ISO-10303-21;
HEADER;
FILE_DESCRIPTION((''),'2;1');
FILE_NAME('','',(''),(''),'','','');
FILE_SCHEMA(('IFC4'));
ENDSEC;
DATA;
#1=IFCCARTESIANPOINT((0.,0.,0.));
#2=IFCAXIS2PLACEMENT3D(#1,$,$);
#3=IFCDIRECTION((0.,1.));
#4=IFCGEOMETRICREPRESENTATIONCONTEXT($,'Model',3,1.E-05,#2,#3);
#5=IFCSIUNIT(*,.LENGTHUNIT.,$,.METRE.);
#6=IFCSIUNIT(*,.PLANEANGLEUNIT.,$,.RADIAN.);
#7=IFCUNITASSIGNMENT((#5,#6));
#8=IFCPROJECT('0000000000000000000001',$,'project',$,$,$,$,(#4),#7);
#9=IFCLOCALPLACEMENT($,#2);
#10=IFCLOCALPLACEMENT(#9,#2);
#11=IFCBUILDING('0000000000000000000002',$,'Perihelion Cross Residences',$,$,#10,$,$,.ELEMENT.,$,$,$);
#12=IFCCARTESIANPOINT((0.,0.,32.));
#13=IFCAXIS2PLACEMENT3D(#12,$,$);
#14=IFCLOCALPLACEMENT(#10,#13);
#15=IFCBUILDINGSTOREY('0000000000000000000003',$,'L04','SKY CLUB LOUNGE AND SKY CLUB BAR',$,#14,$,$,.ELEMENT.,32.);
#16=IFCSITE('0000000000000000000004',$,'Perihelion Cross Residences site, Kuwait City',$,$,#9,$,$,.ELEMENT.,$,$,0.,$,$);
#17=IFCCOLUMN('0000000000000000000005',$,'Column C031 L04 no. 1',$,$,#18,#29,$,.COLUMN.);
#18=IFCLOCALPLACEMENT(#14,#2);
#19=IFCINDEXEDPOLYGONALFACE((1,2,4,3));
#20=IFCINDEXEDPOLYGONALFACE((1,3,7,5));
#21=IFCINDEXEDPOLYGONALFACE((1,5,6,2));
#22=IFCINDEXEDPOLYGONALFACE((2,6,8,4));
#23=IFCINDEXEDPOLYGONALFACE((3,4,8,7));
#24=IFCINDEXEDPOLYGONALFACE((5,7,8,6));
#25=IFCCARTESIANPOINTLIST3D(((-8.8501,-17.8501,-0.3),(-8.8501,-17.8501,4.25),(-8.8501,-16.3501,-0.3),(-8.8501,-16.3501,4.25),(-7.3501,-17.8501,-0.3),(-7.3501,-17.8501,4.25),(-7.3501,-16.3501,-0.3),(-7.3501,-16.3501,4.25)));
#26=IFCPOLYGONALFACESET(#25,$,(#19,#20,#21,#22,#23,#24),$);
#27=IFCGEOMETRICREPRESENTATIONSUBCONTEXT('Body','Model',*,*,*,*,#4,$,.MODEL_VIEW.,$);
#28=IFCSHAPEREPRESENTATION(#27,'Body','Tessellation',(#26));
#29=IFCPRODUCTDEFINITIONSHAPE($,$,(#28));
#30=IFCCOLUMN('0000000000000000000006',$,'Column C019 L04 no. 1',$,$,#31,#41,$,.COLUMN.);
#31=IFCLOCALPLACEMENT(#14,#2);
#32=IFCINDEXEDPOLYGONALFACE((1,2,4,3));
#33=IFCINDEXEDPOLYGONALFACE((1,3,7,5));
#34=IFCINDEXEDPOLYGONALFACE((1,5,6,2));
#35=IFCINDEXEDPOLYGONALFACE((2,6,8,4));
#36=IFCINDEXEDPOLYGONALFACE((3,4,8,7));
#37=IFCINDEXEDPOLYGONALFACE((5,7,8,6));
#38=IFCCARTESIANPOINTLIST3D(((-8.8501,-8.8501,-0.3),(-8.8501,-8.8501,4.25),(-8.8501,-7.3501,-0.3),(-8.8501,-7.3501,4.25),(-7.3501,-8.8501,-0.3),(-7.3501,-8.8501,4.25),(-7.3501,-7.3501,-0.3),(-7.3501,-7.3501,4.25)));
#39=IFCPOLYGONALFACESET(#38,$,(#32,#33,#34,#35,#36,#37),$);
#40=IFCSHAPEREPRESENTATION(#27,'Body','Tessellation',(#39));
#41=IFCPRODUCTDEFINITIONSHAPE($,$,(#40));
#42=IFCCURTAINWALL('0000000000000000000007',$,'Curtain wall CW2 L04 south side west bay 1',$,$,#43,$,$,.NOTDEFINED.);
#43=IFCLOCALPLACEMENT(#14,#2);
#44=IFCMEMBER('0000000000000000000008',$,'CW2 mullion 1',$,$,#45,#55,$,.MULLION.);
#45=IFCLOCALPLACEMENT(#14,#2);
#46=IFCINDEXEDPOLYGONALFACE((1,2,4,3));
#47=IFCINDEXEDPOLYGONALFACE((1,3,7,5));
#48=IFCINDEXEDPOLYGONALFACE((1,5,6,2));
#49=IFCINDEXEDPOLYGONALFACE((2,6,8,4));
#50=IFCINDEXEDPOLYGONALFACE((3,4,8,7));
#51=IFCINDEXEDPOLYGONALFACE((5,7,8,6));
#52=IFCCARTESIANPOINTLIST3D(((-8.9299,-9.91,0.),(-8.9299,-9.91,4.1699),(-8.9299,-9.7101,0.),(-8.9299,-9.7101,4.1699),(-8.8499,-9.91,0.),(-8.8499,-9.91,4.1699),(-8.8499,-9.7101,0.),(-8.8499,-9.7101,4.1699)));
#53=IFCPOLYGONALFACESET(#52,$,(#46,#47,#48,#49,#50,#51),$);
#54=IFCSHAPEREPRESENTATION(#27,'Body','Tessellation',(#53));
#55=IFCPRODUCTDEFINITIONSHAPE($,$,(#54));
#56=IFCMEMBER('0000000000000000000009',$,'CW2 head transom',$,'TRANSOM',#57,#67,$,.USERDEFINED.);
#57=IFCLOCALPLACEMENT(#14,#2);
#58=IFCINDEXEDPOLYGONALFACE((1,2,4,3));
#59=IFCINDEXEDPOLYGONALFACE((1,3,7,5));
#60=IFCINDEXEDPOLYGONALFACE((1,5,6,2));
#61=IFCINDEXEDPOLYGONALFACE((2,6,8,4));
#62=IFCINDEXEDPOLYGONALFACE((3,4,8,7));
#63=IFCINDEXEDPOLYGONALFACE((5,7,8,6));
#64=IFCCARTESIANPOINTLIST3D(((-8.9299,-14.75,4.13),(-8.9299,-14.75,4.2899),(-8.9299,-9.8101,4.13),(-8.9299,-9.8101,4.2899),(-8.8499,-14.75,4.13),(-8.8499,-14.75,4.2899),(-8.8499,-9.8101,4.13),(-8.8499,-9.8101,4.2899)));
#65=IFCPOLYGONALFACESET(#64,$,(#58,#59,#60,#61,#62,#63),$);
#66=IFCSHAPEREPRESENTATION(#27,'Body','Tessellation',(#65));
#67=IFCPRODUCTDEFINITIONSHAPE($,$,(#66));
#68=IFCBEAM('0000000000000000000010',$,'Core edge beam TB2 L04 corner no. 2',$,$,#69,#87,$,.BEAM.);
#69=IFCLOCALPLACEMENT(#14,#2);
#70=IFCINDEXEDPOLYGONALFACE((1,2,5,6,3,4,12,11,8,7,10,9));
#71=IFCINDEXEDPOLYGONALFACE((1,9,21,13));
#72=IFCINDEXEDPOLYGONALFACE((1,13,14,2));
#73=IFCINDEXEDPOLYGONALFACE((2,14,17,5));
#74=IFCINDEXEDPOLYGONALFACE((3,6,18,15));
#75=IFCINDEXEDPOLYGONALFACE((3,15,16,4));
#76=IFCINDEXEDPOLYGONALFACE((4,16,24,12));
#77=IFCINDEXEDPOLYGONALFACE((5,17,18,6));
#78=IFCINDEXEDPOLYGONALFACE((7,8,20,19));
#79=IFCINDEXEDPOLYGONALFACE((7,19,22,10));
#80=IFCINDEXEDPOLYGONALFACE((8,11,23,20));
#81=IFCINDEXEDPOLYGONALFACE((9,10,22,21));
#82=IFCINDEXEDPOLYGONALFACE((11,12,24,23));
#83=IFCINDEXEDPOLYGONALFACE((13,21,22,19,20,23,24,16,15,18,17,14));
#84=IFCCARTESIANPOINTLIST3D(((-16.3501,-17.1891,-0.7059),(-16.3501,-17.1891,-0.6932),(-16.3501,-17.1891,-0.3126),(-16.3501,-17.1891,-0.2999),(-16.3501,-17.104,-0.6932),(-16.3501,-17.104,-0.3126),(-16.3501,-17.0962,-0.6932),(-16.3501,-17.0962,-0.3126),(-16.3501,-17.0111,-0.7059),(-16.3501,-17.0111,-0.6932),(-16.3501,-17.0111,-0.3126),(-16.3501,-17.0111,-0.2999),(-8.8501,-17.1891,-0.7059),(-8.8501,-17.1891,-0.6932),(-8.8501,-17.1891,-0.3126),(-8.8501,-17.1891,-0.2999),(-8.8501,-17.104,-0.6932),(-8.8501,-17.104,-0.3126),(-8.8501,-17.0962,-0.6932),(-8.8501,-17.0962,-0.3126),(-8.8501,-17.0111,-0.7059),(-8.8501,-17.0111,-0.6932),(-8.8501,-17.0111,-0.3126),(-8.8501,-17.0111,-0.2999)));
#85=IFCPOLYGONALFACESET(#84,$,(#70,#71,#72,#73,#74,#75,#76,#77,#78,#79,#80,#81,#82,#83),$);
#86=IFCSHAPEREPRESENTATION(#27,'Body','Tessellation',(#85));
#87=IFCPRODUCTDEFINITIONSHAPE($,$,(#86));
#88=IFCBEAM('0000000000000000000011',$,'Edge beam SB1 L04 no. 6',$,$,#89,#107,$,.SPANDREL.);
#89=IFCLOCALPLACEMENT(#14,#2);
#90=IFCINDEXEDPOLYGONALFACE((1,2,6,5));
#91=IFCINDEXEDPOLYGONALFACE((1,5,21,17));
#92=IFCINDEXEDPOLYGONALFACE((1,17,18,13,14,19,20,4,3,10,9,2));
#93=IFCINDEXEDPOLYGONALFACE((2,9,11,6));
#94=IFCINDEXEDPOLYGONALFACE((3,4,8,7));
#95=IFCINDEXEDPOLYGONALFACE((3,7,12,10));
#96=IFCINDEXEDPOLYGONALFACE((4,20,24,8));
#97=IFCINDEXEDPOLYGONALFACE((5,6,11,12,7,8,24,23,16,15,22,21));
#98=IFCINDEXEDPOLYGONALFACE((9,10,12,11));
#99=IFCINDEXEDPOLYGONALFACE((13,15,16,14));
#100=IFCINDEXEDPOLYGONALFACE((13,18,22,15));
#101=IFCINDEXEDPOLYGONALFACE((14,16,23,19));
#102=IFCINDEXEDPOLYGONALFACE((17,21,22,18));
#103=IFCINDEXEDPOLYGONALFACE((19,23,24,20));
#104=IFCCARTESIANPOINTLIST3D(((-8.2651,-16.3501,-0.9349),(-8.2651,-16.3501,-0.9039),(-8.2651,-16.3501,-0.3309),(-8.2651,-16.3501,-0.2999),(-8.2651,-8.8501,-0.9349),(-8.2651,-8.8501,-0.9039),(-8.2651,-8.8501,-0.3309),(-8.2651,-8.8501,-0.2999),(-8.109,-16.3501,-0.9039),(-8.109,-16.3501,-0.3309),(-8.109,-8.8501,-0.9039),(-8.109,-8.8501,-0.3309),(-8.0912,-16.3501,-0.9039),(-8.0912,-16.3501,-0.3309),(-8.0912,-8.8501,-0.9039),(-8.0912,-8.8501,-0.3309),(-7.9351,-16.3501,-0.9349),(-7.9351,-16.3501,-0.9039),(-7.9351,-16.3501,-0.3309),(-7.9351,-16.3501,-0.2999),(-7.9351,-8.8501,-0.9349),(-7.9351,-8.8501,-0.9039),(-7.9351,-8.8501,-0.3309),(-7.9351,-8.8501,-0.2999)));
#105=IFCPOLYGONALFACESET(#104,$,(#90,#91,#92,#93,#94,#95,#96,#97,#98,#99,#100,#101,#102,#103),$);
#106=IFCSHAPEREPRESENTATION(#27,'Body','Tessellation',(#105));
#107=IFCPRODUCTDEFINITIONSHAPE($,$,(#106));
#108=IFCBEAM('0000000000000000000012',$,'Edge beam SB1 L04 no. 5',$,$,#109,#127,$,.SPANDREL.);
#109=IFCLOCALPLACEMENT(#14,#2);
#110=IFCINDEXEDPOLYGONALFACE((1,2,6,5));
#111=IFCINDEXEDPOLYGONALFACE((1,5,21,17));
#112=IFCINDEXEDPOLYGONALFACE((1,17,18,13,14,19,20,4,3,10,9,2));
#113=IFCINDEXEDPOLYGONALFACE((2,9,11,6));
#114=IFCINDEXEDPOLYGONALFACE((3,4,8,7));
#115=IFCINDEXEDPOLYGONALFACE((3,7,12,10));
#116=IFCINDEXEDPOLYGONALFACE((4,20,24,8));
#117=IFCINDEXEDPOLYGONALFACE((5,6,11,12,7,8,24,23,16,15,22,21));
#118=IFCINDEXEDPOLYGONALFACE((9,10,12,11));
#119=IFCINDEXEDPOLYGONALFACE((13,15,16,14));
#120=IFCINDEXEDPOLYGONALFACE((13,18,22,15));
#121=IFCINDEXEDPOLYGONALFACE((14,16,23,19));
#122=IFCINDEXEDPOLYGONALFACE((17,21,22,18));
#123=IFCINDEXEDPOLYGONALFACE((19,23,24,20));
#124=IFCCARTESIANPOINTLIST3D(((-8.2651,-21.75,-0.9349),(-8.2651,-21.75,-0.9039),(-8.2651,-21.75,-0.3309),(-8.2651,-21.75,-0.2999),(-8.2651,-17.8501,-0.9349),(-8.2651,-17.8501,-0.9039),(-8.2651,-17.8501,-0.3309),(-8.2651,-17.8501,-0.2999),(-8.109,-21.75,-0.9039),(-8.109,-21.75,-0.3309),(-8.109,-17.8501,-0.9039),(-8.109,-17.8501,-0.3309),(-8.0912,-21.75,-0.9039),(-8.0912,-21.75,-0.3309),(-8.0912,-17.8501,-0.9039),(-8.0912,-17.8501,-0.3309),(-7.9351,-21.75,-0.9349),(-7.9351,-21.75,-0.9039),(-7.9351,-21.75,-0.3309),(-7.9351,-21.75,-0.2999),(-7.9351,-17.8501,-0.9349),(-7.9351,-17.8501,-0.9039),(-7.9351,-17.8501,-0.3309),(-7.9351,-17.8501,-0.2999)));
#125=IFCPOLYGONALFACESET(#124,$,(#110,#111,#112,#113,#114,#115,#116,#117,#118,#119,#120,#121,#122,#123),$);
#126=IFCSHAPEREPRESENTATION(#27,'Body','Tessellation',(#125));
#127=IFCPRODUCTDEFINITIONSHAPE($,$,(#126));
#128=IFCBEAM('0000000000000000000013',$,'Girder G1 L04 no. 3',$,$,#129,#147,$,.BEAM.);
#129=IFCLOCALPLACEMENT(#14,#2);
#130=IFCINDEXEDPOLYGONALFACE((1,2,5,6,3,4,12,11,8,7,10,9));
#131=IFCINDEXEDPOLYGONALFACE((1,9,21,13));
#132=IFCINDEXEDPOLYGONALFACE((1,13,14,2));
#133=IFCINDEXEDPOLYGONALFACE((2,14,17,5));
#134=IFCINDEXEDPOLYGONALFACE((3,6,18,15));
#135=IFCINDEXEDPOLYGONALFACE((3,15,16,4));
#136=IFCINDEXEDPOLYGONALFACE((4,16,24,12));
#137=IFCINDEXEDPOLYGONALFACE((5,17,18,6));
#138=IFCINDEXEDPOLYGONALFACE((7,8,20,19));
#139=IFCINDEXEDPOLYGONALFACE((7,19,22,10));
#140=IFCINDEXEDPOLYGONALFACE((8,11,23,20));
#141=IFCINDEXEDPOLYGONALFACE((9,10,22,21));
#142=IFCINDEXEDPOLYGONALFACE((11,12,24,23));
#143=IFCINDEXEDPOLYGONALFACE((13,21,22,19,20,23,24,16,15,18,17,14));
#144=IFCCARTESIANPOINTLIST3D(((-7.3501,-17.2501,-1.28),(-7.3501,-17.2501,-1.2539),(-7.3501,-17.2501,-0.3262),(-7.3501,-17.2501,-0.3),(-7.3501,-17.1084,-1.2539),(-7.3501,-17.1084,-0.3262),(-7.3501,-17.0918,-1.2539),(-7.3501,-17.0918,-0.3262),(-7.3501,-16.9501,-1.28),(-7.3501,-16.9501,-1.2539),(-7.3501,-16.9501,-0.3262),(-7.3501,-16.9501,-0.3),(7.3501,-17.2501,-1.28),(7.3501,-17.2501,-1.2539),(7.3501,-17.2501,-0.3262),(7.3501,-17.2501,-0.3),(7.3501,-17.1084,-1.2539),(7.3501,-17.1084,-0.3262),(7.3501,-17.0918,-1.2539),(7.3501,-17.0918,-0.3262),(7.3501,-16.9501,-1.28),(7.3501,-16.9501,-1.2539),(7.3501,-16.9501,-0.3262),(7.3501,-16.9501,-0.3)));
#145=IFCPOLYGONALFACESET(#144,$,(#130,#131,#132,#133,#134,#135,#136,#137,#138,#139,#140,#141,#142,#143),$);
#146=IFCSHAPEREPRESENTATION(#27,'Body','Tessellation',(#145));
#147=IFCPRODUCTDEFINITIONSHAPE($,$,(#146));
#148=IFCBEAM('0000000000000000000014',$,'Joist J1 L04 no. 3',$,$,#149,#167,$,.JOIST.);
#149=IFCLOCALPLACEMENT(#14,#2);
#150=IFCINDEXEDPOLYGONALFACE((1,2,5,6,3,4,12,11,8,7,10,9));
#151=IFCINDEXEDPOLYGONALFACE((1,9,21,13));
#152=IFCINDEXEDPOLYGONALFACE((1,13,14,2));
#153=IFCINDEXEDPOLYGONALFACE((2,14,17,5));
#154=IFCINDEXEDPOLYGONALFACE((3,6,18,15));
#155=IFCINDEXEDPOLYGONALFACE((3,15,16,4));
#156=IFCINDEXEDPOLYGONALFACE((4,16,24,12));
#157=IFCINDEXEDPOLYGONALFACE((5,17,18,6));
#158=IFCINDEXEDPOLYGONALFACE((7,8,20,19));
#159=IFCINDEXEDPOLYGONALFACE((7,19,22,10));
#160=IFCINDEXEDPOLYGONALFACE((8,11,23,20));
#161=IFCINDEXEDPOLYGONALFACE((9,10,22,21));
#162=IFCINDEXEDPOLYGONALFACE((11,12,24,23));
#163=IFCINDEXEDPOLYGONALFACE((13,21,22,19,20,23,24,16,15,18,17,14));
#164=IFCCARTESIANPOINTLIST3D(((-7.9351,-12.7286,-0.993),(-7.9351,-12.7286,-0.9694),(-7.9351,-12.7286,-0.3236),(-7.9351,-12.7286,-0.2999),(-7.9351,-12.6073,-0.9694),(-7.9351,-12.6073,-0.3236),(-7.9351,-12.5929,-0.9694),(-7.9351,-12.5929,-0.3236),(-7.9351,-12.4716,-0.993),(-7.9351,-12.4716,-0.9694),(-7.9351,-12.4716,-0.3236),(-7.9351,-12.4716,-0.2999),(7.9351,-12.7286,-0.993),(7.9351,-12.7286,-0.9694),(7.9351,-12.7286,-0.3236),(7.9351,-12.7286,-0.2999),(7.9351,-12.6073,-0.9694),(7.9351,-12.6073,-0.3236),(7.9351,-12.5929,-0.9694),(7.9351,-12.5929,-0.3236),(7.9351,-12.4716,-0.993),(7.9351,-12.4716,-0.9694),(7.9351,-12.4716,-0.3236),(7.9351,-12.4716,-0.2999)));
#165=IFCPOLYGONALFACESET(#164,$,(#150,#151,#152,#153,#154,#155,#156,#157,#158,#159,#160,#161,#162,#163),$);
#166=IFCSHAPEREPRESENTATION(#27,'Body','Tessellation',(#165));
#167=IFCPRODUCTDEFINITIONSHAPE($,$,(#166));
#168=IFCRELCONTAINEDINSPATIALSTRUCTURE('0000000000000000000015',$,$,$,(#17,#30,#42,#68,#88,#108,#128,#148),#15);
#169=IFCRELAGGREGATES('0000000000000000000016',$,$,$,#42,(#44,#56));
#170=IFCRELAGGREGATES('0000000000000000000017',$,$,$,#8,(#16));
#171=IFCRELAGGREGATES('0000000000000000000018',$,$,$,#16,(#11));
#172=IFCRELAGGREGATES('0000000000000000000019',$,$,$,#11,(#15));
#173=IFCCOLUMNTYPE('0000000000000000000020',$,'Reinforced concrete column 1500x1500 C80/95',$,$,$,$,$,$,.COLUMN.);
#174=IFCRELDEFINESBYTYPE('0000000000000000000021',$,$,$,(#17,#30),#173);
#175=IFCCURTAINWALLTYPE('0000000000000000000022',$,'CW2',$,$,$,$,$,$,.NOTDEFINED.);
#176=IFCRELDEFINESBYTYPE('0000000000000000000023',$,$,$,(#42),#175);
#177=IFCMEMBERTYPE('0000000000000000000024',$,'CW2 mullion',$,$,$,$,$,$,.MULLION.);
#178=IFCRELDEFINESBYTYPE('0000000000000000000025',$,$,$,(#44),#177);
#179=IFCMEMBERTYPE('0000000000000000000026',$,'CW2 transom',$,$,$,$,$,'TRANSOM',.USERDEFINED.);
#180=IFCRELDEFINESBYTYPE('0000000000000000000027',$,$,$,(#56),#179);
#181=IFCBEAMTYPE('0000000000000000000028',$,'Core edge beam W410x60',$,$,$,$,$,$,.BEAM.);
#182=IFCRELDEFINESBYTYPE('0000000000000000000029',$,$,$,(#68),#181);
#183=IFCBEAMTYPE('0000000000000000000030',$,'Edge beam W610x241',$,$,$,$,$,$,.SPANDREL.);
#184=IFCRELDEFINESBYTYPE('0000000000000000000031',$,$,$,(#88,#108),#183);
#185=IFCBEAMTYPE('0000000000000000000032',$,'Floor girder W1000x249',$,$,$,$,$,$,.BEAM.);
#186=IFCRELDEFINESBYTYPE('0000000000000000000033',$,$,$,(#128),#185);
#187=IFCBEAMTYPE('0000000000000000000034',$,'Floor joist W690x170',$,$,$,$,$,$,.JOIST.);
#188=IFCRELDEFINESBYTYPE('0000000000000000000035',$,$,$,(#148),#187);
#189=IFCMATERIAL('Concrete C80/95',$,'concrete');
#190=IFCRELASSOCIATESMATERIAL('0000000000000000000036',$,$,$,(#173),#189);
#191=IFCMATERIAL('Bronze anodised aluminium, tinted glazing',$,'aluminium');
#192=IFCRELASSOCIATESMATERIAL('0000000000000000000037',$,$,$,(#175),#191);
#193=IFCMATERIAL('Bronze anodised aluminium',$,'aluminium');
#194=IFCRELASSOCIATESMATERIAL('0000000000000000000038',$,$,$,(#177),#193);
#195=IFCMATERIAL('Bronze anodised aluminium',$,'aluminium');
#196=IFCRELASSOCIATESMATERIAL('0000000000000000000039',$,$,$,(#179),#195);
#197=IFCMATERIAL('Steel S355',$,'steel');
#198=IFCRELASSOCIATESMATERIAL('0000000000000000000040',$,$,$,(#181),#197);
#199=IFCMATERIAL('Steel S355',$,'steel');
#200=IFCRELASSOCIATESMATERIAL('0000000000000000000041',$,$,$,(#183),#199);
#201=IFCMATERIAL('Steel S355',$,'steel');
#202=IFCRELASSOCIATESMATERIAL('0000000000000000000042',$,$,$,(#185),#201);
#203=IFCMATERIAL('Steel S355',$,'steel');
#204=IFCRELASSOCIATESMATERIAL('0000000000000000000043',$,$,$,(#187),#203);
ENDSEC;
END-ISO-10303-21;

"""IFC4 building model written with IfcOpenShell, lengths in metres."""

from ifc_helpers import new_model, si_unit, direction, frame, origin, origin_2d, place, context, subcontext, project, spatial, rectangle, i_section, extrude, material, material_profile, profile_set, type_object, element, aggregate, save


model = new_model("IFC4")

# Units and contexts
model_context = context("Model", 3, precision=1e-05, world=origin(), true_north=direction((0.0, 1.0)))
body_context = subcontext(model_context, "Body", "Model", "MODEL_VIEW")
ifc_project = project(units=[si_unit("LENGTHUNIT", "METRE"), si_unit("PLANEANGLEUNIT", "RADIAN")], contexts=[model_context])

# Site, building, storey
site_placement = place(None, origin())
site = spatial("IfcSite", under=ifc_project, at=site_placement, Name="Perihelion Cross Residences site, Kuwait City", CompositionType="ELEMENT", RefElevation=0.0)
building_placement = place(site_placement, origin())
building = spatial("IfcBuilding", under=site, at=building_placement, Name="Perihelion Cross Residences", CompositionType="ELEMENT")
storey_placement = place(building_placement, frame((0.0, 0.0, 32.0)))
storey = spatial("IfcBuildingStorey", under=building, at=storey_placement, Name="L04", Description="SKY CLUB LOUNGE AND SKY CLUB BAR", CompositionType="ELEMENT", Elevation=32.0)

# Columns
ifc_material_1 = material(Name="Concrete C80/95", Category="concrete")
ifc_material_profile_1 = material_profile(ifc_material_1, rectangle(XDim=1.5, YDim=1.5, at=origin_2d()), Name="RC 1500x1500")
ifc_profile_set_1 = profile_set([ifc_material_profile_1], Name="Concrete C80/95")
column_type = type_object("IfcColumnType", Name="Reinforced concrete column 1500x1500 C80/95", PredefinedType="COLUMN", material=ifc_profile_set_1)
for number, where, z_axis, x_axis, name in (
    (1, (-8.1001, -17.1001, -0.3), (0.0, 0.0, 1.0), (1.0, 0.0, 0.0), "Column C031 L04 no. 1"),
    (2, (-8.1001, -8.1001, -0.3), (0.0, 0.0, 1.0), (1.0, 0.0, 0.0), "Column C019 L04 no. 1"),
):
    element("IfcColumn", number, at=place(storey_placement, frame(where, z_axis=z_axis, x_axis=x_axis)), inside=storey, type_object=column_type, Name=name, PredefinedType="COLUMN", context=body_context, shape_type="SweptSolid", body=[
        extrude(rectangle(XDim=1.5, YDim=1.5, at=origin_2d()), origin(), (0.0, 0.0, 1.0), 4.55),
    ])

# Curtain wall, members
ifc_material_2 = material(Name="Bronze anodised aluminium, tinted glazing", Category="aluminium")
curtain_wall_type = type_object("IfcCurtainWallType", Name="CW2", PredefinedType="NOTDEFINED", material=ifc_material_2)
curtain_wall_placement = place(storey_placement, origin())
curtain_wall = element("IfcCurtainWall", 3, at=curtain_wall_placement, inside=storey, type_object=curtain_wall_type, Name="Curtain wall CW2 L04 south side west bay 1", PredefinedType="NOTDEFINED")
ifc_material_3 = material(Name="Bronze anodised aluminium", Category="aluminium")
ifc_material_profile_2 = material_profile(ifc_material_3, rectangle(XDim=0.0801, YDim=0.2, at=origin_2d()), Name="CW2 mullion")
ifc_profile_set_2 = profile_set([ifc_material_profile_2], Name="Bronze anodised aluminium")
member_type_1 = type_object("IfcMemberType", Name="CW2 mullion", PredefinedType="MULLION", material=ifc_profile_set_2)
member_1_placement = place(storey_placement, frame((-8.8899, -9.8101, 0.0), z_axis=(0.0, 0.0, 1.0), x_axis=(1.0, 0.0, 0.0)))
member_1 = element("IfcMember", 4, at=member_1_placement, type_object=member_type_1, Name="CW2 mullion 1", PredefinedType="MULLION", context=body_context, shape_type="SweptSolid", body=[
    extrude(rectangle(XDim=0.0801, YDim=0.2, at=origin_2d()), origin(), (0.0, 0.0, 1.0), 4.1699),
])
ifc_material_4 = material(Name="Bronze anodised aluminium", Category="aluminium")
ifc_material_profile_3 = material_profile(ifc_material_4, rectangle(XDim=0.0801, YDim=0.1599, at=origin_2d()), Name="CW2 transom")
ifc_profile_set_3 = profile_set([ifc_material_profile_3], Name="Bronze anodised aluminium")
member_type_2 = type_object("IfcMemberType", Name="CW2 transom", ElementType="TRANSOM", PredefinedType="USERDEFINED", material=ifc_profile_set_3)
member_2_placement = place(storey_placement, frame((-8.8899, -9.8101, 4.21), z_axis=(0.0, -1.0, 0.0), x_axis=(1.0, 0.0, 0.0)))
member_2 = element("IfcMember", 5, at=member_2_placement, type_object=member_type_2, Name="CW2 head transom", ObjectType="TRANSOM", PredefinedType="USERDEFINED", context=body_context, shape_type="SweptSolid", body=[
    extrude(rectangle(XDim=0.0801, YDim=0.1599, at=origin_2d()), origin(), (0.0, 0.0, 1.0), 4.9399),
])

# Beams
ifc_material_5 = material(Name="Steel S355", Category="steel")
ifc_material_profile_4 = material_profile(ifc_material_5, i_section(OverallWidth=0.178, OverallDepth=0.406, WebThickness=0.0078, FlangeThickness=0.0127, at=origin_2d()), Name="W410x60")
ifc_profile_set_4 = profile_set([ifc_material_profile_4], Name="Steel S355")
beam_type_1 = type_object("IfcBeamType", Name="Core edge beam W410x60", PredefinedType="BEAM", material=ifc_profile_set_4)
beam_1_placement = place(storey_placement, frame((-8.8501, -17.1001, -0.5029), z_axis=(-1.0, 0.0, 0.0), x_axis=(0.0, -1.0, 0.0)))
element("IfcBeam", 6, at=beam_1_placement, inside=storey, type_object=beam_type_1, Name="Core edge beam TB2 L04 corner no. 2", PredefinedType="BEAM", context=body_context, shape_type="SweptSolid", body=[
    extrude(i_section(OverallWidth=0.178, OverallDepth=0.406, WebThickness=0.0078, FlangeThickness=0.0127, at=origin_2d()), origin(), (0.0, 0.0, 1.0), 7.5),
])
ifc_material_6 = material(Name="Steel S355", Category="steel")
ifc_material_profile_5 = material_profile(ifc_material_6, i_section(OverallWidth=0.3301, OverallDepth=0.635, WebThickness=0.0178, FlangeThickness=0.031, at=origin_2d()), Name="W610x241")
ifc_profile_set_5 = profile_set([ifc_material_profile_5], Name="Steel S355")
beam_type_2 = type_object("IfcBeamType", Name="Edge beam W610x241", PredefinedType="SPANDREL", material=ifc_profile_set_5)
beam_2_placement = place(storey_placement, frame((-8.1001, -8.8501, -0.6174), z_axis=(0.0, -1.0, 0.0), x_axis=(1.0, 0.0, 0.0)))
element("IfcBeam", 7, at=beam_2_placement, inside=storey, type_object=beam_type_2, Name="Edge beam SB1 L04 no. 6", PredefinedType="SPANDREL", context=body_context, shape_type="SweptSolid", body=[
    extrude(i_section(OverallWidth=0.3301, OverallDepth=0.635, WebThickness=0.0178, FlangeThickness=0.031, at=origin_2d()), origin(), (0.0, 0.0, 1.0), 7.5),
])
beam_3_placement = place(storey_placement, frame((-8.1001, -17.8501, -0.6174), z_axis=(0.0, -1.0, 0.0), x_axis=(1.0, 0.0, 0.0)))
element("IfcBeam", 8, at=beam_3_placement, inside=storey, type_object=beam_type_2, Name="Edge beam SB1 L04 no. 5", PredefinedType="SPANDREL", context=body_context, shape_type="SweptSolid", body=[
    extrude(i_section(OverallWidth=0.3301, OverallDepth=0.635, WebThickness=0.0178, FlangeThickness=0.031, at=origin_2d()), origin(), (0.0, 0.0, 1.0), 3.8999),
])
ifc_material_7 = material(Name="Steel S355", Category="steel")
ifc_material_profile_6 = material_profile(ifc_material_7, i_section(OverallWidth=0.3, OverallDepth=0.98, WebThickness=0.0166, FlangeThickness=0.0261, at=origin_2d()), Name="W1000x249")
ifc_profile_set_6 = profile_set([ifc_material_profile_6], Name="Steel S355")
beam_type_3 = type_object("IfcBeamType", Name="Floor girder W1000x249", PredefinedType="BEAM", material=ifc_profile_set_6)
beam_4_placement = place(storey_placement, frame((-7.3501, -17.1001, -0.79), z_axis=(1.0, 0.0, 0.0), x_axis=(0.0, 1.0, 0.0)))
element("IfcBeam", 9, at=beam_4_placement, inside=storey, type_object=beam_type_3, Name="Girder G1 L04 no. 3", PredefinedType="BEAM", context=body_context, shape_type="SweptSolid", body=[
    extrude(i_section(OverallWidth=0.3, OverallDepth=0.98, WebThickness=0.0166, FlangeThickness=0.0261, at=origin_2d()), origin(), (0.0, 0.0, 1.0), 14.7002),
])
ifc_material_8 = material(Name="Steel S355", Category="steel")
ifc_material_profile_7 = material_profile(ifc_material_8, i_section(OverallWidth=0.2571, OverallDepth=0.6931, WebThickness=0.0144, FlangeThickness=0.0237, at=origin_2d()), Name="W690x170")
ifc_profile_set_7 = profile_set([ifc_material_profile_7], Name="Steel S355")
beam_type_4 = type_object("IfcBeamType", Name="Floor joist W690x170", PredefinedType="JOIST", material=ifc_profile_set_7)
beam_5_placement = place(storey_placement, frame((-7.9351, -12.6001, -0.6465), z_axis=(1.0, 0.0, 0.0), x_axis=(0.0, 1.0, 0.0)))
element("IfcBeam", 10, at=beam_5_placement, inside=storey, type_object=beam_type_4, Name="Joist J1 L04 no. 3", PredefinedType="JOIST", context=body_context, shape_type="SweptSolid", body=[
    extrude(i_section(OverallWidth=0.2571, OverallDepth=0.6931, WebThickness=0.0144, FlangeThickness=0.0237, at=origin_2d()), origin(), (0.0, 0.0, 1.0), 15.8701),
])

aggregate(curtain_wall, [member_1, member_2])

save(model, "model.ifc")
